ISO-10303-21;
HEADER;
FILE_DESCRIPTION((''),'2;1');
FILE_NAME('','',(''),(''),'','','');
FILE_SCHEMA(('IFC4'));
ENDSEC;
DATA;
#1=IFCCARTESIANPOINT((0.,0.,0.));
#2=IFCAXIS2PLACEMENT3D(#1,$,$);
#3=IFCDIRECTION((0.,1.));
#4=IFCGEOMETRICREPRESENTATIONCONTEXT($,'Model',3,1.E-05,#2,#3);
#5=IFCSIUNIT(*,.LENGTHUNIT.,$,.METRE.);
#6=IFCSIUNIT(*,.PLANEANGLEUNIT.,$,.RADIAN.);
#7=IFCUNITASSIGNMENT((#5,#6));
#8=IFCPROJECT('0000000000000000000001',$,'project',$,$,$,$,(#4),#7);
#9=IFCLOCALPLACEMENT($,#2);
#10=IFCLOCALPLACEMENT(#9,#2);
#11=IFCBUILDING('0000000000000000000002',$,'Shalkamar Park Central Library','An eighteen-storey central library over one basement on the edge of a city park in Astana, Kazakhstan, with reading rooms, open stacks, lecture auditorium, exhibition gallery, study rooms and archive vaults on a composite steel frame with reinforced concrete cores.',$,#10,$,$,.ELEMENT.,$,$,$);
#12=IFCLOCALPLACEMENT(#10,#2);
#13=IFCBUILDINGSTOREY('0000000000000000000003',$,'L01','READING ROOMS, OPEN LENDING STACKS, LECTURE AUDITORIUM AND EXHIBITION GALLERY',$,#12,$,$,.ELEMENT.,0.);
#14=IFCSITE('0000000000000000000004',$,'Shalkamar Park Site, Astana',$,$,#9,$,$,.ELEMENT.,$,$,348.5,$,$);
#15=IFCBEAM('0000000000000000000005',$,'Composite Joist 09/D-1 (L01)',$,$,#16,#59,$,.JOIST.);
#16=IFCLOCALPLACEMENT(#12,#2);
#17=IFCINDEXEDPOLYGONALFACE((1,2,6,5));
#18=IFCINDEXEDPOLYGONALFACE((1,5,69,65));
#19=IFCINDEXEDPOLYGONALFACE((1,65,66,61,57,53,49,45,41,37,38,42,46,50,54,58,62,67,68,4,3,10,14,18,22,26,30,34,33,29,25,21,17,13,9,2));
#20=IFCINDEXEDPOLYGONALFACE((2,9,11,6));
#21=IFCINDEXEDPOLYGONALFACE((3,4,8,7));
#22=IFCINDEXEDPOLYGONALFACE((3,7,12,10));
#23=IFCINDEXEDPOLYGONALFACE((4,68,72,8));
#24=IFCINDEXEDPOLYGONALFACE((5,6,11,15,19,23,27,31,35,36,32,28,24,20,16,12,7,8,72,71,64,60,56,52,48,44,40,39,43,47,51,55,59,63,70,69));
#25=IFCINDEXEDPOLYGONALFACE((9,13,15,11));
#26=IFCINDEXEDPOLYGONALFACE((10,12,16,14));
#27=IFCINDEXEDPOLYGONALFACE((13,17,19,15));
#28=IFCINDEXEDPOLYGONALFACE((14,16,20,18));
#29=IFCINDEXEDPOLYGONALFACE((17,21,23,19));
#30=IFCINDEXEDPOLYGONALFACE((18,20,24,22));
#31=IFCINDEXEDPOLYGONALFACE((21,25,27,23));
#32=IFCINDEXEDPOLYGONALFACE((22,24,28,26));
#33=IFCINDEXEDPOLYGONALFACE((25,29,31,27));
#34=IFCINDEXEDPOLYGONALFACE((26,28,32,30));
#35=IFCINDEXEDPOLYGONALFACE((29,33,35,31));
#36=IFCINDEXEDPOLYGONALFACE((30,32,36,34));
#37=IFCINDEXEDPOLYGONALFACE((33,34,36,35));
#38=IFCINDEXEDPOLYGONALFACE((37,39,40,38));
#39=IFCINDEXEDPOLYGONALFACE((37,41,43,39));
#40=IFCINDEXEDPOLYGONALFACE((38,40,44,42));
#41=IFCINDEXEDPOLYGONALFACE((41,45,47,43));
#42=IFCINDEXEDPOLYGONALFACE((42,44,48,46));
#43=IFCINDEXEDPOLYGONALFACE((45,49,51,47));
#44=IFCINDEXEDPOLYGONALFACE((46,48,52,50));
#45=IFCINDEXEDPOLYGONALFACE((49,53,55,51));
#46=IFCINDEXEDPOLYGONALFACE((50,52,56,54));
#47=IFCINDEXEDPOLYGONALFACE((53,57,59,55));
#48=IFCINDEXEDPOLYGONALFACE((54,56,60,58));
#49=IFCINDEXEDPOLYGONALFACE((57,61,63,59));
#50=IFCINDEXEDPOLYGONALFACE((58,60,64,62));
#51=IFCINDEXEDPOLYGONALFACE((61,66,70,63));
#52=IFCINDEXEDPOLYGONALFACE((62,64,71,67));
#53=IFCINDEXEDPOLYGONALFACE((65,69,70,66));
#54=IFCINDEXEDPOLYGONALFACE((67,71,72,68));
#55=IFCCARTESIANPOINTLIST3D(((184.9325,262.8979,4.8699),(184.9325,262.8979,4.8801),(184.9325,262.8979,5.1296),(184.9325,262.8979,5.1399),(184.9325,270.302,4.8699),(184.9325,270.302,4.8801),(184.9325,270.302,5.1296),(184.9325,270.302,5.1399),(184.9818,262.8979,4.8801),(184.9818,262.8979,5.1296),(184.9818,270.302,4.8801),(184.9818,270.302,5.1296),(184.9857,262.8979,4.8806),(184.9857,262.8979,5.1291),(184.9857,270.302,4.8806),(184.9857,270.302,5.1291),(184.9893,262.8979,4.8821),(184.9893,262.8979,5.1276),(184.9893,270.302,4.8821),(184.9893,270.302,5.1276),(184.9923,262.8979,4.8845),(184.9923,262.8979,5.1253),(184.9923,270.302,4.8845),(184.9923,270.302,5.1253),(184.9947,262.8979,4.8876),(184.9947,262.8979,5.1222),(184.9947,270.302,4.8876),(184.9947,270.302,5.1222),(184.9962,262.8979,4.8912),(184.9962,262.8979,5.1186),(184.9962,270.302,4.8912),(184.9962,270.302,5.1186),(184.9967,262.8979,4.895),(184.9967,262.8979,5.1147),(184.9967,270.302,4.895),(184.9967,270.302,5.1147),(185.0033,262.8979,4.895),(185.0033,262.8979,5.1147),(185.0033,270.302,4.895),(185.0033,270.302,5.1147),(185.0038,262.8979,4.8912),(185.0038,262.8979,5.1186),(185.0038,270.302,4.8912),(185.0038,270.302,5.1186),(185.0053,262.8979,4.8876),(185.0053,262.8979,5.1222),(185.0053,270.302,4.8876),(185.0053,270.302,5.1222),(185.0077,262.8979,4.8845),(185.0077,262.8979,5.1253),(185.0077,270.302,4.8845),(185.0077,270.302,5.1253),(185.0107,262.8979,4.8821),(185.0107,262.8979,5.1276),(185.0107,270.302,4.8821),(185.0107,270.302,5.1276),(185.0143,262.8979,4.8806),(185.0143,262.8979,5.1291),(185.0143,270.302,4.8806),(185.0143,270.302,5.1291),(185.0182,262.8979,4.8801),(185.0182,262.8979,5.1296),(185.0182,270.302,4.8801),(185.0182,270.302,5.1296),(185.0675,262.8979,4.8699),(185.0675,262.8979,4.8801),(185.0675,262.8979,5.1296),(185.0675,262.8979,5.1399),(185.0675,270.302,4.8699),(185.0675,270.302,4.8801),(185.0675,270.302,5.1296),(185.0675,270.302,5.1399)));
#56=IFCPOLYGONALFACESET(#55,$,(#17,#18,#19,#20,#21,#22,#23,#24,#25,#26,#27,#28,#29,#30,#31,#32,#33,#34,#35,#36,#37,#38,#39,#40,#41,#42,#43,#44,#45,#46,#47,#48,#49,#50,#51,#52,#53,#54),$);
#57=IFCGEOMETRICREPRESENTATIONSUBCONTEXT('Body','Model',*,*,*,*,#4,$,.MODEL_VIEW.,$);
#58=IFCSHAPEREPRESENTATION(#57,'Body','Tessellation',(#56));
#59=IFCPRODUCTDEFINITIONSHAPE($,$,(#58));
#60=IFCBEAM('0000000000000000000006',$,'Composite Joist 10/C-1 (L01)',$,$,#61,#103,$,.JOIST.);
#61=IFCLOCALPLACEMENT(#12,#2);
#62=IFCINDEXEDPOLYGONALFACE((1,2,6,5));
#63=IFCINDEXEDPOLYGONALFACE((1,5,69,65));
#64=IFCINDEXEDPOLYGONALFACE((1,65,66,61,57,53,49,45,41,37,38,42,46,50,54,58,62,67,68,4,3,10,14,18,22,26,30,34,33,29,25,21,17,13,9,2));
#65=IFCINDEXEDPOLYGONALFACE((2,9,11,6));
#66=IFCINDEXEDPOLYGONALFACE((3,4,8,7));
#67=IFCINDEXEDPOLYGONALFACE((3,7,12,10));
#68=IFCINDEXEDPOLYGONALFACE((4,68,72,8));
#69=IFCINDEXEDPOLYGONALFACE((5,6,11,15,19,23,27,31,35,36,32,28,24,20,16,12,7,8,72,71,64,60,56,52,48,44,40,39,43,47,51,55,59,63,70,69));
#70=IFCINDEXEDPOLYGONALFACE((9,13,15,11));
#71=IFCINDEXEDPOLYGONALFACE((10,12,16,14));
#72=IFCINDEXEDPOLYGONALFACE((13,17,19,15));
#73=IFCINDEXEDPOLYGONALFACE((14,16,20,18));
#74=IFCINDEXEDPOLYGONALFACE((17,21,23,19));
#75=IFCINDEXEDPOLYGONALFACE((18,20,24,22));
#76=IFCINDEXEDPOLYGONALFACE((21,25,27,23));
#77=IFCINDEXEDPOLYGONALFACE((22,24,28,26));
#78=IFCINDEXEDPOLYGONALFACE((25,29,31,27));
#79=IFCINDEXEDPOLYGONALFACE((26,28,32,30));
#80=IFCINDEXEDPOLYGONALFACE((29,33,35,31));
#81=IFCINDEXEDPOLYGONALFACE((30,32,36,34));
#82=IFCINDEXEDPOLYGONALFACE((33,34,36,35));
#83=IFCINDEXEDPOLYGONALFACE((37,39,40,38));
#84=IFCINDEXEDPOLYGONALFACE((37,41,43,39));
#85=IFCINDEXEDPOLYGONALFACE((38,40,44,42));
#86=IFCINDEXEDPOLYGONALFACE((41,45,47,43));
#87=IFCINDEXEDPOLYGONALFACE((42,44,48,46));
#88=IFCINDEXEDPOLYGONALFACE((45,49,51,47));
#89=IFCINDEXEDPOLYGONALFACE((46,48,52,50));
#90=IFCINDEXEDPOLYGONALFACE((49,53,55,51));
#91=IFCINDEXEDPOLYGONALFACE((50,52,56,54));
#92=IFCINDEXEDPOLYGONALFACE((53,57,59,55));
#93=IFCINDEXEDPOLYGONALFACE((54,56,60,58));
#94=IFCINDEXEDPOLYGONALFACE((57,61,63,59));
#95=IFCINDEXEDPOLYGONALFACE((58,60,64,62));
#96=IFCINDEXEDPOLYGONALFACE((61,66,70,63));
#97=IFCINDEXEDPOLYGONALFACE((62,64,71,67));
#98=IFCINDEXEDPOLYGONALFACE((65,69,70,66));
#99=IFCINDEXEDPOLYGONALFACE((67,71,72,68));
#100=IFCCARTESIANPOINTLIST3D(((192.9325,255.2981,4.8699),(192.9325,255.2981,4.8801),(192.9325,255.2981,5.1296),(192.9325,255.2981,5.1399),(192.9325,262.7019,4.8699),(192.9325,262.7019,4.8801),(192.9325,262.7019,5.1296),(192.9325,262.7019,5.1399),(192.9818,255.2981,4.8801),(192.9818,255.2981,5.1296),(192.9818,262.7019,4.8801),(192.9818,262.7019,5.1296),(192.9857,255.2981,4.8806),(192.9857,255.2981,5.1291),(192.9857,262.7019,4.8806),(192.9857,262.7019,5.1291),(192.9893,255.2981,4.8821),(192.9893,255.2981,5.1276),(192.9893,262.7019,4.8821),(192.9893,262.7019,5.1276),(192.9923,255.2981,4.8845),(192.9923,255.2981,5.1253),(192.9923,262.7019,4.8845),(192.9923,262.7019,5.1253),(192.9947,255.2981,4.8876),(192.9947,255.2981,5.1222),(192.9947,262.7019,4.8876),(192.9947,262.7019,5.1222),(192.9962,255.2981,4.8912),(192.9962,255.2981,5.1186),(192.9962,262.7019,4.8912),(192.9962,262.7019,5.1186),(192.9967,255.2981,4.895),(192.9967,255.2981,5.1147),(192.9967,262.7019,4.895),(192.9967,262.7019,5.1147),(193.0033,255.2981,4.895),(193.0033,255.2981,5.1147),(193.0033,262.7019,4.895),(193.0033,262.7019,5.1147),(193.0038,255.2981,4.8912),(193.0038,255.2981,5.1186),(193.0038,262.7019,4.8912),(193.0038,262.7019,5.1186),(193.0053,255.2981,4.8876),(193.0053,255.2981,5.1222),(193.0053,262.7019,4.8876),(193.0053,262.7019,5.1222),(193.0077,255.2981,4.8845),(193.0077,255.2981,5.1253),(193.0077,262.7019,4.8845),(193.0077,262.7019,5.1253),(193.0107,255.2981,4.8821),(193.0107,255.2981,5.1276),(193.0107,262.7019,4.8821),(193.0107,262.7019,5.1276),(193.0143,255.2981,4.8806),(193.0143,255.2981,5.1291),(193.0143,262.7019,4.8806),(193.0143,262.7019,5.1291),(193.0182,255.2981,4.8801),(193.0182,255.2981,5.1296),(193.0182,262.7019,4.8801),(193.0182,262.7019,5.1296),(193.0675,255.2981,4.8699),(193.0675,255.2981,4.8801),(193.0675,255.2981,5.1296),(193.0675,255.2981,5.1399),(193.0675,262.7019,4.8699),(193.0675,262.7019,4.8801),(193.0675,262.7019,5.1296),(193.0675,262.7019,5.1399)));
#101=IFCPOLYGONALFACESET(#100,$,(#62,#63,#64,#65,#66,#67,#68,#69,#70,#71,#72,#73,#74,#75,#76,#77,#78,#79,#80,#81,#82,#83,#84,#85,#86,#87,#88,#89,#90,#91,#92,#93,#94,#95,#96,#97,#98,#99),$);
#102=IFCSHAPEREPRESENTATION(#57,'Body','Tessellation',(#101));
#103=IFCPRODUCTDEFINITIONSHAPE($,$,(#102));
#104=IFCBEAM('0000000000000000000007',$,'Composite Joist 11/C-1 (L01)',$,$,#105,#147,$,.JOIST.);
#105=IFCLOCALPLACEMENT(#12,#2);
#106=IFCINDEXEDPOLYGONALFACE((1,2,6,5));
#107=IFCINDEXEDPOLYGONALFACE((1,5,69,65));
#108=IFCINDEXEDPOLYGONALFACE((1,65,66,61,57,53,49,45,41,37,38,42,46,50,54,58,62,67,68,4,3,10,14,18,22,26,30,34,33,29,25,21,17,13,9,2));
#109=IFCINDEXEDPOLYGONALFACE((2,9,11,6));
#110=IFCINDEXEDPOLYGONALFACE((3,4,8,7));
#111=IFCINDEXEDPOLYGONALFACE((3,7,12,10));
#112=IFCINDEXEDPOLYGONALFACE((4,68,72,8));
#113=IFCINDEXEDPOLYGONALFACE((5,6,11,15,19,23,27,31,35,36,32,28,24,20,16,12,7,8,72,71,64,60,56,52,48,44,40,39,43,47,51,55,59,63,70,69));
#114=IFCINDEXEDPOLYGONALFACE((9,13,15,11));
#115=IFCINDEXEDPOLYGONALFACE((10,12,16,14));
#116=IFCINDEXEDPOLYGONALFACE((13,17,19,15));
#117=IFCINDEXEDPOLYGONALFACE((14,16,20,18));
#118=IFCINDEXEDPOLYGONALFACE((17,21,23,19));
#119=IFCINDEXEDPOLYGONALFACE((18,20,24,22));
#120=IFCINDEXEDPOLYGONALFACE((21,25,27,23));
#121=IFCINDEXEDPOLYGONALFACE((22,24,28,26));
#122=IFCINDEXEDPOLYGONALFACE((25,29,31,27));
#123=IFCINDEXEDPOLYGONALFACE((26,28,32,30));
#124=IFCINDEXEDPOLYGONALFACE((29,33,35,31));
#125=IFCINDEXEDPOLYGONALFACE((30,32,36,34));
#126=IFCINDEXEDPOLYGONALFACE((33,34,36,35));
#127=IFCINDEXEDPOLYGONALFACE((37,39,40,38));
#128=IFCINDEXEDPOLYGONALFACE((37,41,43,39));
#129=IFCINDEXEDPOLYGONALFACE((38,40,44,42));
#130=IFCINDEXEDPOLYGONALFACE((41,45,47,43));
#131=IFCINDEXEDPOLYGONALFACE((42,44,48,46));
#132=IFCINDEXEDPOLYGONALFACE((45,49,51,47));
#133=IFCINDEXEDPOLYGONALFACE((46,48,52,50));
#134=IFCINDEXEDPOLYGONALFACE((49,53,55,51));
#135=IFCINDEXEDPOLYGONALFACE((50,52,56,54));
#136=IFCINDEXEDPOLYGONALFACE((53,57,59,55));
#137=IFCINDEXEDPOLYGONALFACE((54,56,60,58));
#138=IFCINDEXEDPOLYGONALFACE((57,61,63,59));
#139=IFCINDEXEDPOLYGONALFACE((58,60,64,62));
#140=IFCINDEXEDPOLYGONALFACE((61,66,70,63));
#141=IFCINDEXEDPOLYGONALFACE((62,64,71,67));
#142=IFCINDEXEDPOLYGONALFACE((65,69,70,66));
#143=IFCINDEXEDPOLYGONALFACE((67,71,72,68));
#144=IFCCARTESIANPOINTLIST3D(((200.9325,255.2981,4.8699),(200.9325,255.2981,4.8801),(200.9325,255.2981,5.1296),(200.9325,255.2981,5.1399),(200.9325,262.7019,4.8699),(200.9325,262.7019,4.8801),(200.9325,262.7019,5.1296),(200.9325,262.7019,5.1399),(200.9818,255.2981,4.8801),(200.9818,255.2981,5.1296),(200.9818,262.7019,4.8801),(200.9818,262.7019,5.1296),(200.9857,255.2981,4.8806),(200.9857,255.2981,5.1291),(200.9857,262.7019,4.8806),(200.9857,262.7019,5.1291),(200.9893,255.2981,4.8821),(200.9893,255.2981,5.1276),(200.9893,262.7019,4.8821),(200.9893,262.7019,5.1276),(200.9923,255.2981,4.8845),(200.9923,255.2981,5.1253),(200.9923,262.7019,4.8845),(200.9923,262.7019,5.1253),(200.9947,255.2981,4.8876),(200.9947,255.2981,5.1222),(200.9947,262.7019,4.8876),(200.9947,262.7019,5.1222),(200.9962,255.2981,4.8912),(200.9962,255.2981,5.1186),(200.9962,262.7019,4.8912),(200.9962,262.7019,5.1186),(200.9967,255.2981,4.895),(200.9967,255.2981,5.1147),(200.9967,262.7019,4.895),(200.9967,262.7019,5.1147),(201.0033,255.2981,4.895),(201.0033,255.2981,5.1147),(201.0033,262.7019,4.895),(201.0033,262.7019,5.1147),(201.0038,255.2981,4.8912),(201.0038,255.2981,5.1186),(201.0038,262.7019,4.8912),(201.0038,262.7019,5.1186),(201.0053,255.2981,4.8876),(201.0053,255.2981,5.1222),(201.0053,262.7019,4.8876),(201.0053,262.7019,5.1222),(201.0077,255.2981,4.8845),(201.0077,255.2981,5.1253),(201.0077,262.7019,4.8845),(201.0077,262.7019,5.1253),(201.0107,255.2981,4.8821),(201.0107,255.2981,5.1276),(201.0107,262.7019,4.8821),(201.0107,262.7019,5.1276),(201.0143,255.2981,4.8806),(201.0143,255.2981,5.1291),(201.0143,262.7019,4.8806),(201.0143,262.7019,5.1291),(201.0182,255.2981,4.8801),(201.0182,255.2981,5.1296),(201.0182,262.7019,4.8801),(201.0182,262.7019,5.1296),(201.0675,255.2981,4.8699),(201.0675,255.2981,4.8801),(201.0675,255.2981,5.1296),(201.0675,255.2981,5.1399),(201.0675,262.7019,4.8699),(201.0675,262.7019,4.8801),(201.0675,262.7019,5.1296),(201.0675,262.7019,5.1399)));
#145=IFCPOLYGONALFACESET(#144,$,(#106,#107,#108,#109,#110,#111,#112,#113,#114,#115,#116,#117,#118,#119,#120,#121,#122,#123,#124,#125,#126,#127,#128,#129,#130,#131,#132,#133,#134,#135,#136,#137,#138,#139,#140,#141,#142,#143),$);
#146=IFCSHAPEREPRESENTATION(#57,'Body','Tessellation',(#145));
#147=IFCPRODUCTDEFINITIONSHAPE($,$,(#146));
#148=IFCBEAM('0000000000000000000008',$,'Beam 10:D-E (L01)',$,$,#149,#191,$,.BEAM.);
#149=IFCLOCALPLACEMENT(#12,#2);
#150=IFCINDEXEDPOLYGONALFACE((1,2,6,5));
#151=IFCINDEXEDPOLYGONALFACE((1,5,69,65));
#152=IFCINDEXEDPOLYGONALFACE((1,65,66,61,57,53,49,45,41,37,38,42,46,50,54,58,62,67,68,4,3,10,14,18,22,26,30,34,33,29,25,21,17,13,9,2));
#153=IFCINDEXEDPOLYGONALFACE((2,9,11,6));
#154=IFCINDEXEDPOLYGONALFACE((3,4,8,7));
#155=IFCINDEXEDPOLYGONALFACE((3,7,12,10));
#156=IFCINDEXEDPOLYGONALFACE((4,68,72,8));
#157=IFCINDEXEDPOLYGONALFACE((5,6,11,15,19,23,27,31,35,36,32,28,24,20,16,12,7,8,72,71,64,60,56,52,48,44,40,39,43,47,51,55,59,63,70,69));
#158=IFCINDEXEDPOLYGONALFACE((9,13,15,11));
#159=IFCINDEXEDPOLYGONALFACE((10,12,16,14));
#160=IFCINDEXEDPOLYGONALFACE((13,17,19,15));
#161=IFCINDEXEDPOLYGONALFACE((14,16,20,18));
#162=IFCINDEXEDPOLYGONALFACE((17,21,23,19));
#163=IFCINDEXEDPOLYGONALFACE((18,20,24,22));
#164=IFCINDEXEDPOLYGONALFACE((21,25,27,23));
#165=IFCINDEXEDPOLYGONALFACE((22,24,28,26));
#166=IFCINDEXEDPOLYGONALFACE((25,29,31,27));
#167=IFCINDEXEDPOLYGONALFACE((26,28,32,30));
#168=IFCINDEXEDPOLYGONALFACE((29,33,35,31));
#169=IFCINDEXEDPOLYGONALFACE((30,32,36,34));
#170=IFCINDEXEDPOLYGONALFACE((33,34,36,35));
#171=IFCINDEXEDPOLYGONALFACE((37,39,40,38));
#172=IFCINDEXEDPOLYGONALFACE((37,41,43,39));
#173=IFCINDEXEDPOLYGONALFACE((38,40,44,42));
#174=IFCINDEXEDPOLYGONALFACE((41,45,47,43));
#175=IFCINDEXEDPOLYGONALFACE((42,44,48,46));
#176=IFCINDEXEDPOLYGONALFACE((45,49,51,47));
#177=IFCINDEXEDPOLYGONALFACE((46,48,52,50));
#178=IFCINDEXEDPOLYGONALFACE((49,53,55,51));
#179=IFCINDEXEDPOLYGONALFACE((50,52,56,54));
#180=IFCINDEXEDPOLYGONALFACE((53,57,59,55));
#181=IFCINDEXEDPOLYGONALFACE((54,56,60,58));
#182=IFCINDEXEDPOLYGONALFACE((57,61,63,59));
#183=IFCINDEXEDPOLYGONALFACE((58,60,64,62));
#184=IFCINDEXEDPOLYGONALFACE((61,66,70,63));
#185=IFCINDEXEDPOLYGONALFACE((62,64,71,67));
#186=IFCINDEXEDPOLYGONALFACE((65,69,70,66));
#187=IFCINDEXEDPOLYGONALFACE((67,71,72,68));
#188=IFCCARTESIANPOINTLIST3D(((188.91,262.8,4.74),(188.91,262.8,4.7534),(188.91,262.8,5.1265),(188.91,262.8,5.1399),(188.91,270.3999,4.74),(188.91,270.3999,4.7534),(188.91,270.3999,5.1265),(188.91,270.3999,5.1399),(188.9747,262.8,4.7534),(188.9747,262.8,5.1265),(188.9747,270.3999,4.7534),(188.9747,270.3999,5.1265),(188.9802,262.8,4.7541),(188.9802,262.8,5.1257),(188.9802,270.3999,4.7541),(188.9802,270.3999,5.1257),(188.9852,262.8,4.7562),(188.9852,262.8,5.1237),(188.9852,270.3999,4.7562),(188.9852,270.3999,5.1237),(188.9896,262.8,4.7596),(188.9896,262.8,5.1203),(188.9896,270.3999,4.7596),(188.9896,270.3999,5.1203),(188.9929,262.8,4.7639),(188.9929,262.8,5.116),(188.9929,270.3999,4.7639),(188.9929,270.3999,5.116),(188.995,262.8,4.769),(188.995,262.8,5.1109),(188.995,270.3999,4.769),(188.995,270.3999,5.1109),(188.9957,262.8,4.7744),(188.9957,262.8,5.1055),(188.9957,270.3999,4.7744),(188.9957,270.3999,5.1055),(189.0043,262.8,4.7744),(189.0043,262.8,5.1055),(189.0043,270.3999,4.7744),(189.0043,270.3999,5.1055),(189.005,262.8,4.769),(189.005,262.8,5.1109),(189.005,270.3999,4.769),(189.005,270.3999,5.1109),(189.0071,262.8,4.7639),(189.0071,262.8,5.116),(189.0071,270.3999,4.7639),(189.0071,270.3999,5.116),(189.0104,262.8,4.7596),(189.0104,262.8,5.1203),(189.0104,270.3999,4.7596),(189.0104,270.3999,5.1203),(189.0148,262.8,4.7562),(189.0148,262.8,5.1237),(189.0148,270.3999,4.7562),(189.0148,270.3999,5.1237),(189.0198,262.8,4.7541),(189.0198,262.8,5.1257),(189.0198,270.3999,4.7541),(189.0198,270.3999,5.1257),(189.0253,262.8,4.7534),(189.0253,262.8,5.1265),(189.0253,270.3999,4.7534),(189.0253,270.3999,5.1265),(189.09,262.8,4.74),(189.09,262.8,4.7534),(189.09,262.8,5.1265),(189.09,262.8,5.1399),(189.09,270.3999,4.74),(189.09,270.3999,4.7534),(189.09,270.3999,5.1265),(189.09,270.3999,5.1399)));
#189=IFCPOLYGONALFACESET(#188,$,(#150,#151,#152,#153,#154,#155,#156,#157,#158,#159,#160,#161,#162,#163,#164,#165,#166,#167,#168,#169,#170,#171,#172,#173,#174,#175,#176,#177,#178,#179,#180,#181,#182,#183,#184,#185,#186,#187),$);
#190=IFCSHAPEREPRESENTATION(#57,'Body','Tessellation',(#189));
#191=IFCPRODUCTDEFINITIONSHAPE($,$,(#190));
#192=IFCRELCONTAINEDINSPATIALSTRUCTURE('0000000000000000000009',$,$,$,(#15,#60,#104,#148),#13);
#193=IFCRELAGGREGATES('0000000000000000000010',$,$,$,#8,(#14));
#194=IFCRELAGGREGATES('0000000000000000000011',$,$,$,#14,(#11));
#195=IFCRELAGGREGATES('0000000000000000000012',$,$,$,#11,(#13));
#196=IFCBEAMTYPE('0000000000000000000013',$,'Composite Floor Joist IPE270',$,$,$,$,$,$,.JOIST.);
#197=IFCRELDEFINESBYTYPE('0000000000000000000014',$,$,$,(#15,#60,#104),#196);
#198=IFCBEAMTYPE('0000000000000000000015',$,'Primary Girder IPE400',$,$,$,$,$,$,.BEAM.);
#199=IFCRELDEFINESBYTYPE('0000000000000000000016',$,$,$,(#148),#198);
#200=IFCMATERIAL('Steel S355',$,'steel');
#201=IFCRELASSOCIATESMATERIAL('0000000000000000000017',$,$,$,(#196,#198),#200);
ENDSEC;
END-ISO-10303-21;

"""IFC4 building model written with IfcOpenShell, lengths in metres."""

from ifc_helpers import new_model, si_unit, direction, frame, origin, origin_2d, place, context, subcontext, project, spatial, i_section, extrude, material, material_profile, profile_set, type_object, element, save


model = new_model("IFC4")

# Units and contexts
model_context = context("Model", 3, precision=1e-05, world=origin(), true_north=direction((0.0, 1.0)))
body_context = subcontext(model_context, "Body", "Model", "MODEL_VIEW")
ifc_project = project(units=[si_unit("LENGTHUNIT", "METRE"), si_unit("PLANEANGLEUNIT", "RADIAN")], contexts=[model_context])

# Site, building, storey
site_placement = place(None, origin())
site = spatial("IfcSite", under=ifc_project, at=site_placement, Name="Shalkamar Park Site, Astana", CompositionType="ELEMENT", RefElevation=348.5)
building_placement = place(site_placement, origin())
building = spatial("IfcBuilding", under=site, at=building_placement, Name="Shalkamar Park Central Library", Description="An eighteen-storey central library over one basement on the edge of a city park in Astana, Kazakhstan, with reading rooms, open stacks, lecture auditorium, exhibition gallery, study rooms and archive vaults on a composite steel frame with reinforced concrete cores.", CompositionType="ELEMENT")
storey_placement = place(building_placement, origin())
storey = spatial("IfcBuildingStorey", under=building, at=storey_placement, Name="L01", Description="READING ROOMS, OPEN LENDING STACKS, LECTURE AUDITORIUM AND EXHIBITION GALLERY", CompositionType="ELEMENT", Elevation=0.0)

# Shared definitions
ifc_material_1 = material(Name="Steel S355", Category="steel")

# Beams
ifc_material_profile_1 = material_profile(ifc_material_1, i_section(OverallWidth=0.135, OverallDepth=0.27, WebThickness=0.0066, FlangeThickness=0.0103, FilletRadius=0.0149, at=origin_2d()), Name="IPE 270")
ifc_profile_set_1 = profile_set([ifc_material_profile_1], Name="Steel S355")
beam_type_1 = type_object("IfcBeamType", Name="Composite Floor Joist IPE270", PredefinedType="JOIST", material=ifc_profile_set_1)
beam_1_placement = place(storey_placement, frame((185.0, 262.8979, 5.0049), z_axis=(0.0, 1.0, 0.0), x_axis=(-1.0, 0.0, 0.0)))
element("IfcBeam", 1, at=beam_1_placement, inside=storey, type_object=beam_type_1, Name="Composite Joist 09/D-1 (L01)", PredefinedType="JOIST", context=body_context, shape_type="SweptSolid", body=[
    extrude(i_section(OverallWidth=0.135, OverallDepth=0.27, WebThickness=0.0066, FlangeThickness=0.0103, FilletRadius=0.0149, at=origin_2d()), origin(), (0.0, 0.0, 1.0), 7.4041),
])
for number, where, z_axis, x_axis, name in (
    (2, (193.0, 255.2981, 5.0049), (0.0, 1.0, 0.0), (-1.0, 0.0, 0.0), "Composite Joist 10/C-1 (L01)"),
    (3, (201.0, 255.2981, 5.0049), (0.0, 1.0, 0.0), (-1.0, 0.0, 0.0), "Composite Joist 11/C-1 (L01)"),
):
    element("IfcBeam", number, at=place(storey_placement, frame(where, z_axis=z_axis, x_axis=x_axis)), inside=storey, type_object=beam_type_1, Name=name, PredefinedType="JOIST", context=body_context, shape_type="SweptSolid", body=[
        extrude(i_section(OverallWidth=0.135, OverallDepth=0.27, WebThickness=0.0066, FlangeThickness=0.0103, FilletRadius=0.0149, at=origin_2d()), origin(), (0.0, 0.0, 1.0), 7.4038),
    ])
ifc_material_profile_2 = material_profile(ifc_material_1, i_section(OverallWidth=0.1799, OverallDepth=0.3999, WebThickness=0.0085, FlangeThickness=0.0134, FilletRadius=0.021, at=origin_2d()), Name="IPE 400")
ifc_profile_set_2 = profile_set([ifc_material_profile_2], Name="Steel S355")
beam_type_2 = type_object("IfcBeamType", Name="Primary Girder IPE400", PredefinedType="BEAM", material=ifc_profile_set_2)
for number, where, z_axis, x_axis, name in (
    (4, (189.0, 262.8, 4.9399), (0.0, 1.0, 0.0), (-1.0, 0.0, 0.0), "Beam 10:D-E (L01)"),
):
    element("IfcBeam", number, at=place(storey_placement, frame(where, z_axis=z_axis, x_axis=x_axis)), inside=storey, type_object=beam_type_2, Name=name, PredefinedType="BEAM", context=body_context, shape_type="SweptSolid", body=[
        extrude(i_section(OverallWidth=0.1799, OverallDepth=0.3999, WebThickness=0.0085, FlangeThickness=0.0134, FilletRadius=0.021, at=origin_2d()), origin(), (0.0, 0.0, 1.0), 7.5999),
    ])

save(model, "model.ifc")
